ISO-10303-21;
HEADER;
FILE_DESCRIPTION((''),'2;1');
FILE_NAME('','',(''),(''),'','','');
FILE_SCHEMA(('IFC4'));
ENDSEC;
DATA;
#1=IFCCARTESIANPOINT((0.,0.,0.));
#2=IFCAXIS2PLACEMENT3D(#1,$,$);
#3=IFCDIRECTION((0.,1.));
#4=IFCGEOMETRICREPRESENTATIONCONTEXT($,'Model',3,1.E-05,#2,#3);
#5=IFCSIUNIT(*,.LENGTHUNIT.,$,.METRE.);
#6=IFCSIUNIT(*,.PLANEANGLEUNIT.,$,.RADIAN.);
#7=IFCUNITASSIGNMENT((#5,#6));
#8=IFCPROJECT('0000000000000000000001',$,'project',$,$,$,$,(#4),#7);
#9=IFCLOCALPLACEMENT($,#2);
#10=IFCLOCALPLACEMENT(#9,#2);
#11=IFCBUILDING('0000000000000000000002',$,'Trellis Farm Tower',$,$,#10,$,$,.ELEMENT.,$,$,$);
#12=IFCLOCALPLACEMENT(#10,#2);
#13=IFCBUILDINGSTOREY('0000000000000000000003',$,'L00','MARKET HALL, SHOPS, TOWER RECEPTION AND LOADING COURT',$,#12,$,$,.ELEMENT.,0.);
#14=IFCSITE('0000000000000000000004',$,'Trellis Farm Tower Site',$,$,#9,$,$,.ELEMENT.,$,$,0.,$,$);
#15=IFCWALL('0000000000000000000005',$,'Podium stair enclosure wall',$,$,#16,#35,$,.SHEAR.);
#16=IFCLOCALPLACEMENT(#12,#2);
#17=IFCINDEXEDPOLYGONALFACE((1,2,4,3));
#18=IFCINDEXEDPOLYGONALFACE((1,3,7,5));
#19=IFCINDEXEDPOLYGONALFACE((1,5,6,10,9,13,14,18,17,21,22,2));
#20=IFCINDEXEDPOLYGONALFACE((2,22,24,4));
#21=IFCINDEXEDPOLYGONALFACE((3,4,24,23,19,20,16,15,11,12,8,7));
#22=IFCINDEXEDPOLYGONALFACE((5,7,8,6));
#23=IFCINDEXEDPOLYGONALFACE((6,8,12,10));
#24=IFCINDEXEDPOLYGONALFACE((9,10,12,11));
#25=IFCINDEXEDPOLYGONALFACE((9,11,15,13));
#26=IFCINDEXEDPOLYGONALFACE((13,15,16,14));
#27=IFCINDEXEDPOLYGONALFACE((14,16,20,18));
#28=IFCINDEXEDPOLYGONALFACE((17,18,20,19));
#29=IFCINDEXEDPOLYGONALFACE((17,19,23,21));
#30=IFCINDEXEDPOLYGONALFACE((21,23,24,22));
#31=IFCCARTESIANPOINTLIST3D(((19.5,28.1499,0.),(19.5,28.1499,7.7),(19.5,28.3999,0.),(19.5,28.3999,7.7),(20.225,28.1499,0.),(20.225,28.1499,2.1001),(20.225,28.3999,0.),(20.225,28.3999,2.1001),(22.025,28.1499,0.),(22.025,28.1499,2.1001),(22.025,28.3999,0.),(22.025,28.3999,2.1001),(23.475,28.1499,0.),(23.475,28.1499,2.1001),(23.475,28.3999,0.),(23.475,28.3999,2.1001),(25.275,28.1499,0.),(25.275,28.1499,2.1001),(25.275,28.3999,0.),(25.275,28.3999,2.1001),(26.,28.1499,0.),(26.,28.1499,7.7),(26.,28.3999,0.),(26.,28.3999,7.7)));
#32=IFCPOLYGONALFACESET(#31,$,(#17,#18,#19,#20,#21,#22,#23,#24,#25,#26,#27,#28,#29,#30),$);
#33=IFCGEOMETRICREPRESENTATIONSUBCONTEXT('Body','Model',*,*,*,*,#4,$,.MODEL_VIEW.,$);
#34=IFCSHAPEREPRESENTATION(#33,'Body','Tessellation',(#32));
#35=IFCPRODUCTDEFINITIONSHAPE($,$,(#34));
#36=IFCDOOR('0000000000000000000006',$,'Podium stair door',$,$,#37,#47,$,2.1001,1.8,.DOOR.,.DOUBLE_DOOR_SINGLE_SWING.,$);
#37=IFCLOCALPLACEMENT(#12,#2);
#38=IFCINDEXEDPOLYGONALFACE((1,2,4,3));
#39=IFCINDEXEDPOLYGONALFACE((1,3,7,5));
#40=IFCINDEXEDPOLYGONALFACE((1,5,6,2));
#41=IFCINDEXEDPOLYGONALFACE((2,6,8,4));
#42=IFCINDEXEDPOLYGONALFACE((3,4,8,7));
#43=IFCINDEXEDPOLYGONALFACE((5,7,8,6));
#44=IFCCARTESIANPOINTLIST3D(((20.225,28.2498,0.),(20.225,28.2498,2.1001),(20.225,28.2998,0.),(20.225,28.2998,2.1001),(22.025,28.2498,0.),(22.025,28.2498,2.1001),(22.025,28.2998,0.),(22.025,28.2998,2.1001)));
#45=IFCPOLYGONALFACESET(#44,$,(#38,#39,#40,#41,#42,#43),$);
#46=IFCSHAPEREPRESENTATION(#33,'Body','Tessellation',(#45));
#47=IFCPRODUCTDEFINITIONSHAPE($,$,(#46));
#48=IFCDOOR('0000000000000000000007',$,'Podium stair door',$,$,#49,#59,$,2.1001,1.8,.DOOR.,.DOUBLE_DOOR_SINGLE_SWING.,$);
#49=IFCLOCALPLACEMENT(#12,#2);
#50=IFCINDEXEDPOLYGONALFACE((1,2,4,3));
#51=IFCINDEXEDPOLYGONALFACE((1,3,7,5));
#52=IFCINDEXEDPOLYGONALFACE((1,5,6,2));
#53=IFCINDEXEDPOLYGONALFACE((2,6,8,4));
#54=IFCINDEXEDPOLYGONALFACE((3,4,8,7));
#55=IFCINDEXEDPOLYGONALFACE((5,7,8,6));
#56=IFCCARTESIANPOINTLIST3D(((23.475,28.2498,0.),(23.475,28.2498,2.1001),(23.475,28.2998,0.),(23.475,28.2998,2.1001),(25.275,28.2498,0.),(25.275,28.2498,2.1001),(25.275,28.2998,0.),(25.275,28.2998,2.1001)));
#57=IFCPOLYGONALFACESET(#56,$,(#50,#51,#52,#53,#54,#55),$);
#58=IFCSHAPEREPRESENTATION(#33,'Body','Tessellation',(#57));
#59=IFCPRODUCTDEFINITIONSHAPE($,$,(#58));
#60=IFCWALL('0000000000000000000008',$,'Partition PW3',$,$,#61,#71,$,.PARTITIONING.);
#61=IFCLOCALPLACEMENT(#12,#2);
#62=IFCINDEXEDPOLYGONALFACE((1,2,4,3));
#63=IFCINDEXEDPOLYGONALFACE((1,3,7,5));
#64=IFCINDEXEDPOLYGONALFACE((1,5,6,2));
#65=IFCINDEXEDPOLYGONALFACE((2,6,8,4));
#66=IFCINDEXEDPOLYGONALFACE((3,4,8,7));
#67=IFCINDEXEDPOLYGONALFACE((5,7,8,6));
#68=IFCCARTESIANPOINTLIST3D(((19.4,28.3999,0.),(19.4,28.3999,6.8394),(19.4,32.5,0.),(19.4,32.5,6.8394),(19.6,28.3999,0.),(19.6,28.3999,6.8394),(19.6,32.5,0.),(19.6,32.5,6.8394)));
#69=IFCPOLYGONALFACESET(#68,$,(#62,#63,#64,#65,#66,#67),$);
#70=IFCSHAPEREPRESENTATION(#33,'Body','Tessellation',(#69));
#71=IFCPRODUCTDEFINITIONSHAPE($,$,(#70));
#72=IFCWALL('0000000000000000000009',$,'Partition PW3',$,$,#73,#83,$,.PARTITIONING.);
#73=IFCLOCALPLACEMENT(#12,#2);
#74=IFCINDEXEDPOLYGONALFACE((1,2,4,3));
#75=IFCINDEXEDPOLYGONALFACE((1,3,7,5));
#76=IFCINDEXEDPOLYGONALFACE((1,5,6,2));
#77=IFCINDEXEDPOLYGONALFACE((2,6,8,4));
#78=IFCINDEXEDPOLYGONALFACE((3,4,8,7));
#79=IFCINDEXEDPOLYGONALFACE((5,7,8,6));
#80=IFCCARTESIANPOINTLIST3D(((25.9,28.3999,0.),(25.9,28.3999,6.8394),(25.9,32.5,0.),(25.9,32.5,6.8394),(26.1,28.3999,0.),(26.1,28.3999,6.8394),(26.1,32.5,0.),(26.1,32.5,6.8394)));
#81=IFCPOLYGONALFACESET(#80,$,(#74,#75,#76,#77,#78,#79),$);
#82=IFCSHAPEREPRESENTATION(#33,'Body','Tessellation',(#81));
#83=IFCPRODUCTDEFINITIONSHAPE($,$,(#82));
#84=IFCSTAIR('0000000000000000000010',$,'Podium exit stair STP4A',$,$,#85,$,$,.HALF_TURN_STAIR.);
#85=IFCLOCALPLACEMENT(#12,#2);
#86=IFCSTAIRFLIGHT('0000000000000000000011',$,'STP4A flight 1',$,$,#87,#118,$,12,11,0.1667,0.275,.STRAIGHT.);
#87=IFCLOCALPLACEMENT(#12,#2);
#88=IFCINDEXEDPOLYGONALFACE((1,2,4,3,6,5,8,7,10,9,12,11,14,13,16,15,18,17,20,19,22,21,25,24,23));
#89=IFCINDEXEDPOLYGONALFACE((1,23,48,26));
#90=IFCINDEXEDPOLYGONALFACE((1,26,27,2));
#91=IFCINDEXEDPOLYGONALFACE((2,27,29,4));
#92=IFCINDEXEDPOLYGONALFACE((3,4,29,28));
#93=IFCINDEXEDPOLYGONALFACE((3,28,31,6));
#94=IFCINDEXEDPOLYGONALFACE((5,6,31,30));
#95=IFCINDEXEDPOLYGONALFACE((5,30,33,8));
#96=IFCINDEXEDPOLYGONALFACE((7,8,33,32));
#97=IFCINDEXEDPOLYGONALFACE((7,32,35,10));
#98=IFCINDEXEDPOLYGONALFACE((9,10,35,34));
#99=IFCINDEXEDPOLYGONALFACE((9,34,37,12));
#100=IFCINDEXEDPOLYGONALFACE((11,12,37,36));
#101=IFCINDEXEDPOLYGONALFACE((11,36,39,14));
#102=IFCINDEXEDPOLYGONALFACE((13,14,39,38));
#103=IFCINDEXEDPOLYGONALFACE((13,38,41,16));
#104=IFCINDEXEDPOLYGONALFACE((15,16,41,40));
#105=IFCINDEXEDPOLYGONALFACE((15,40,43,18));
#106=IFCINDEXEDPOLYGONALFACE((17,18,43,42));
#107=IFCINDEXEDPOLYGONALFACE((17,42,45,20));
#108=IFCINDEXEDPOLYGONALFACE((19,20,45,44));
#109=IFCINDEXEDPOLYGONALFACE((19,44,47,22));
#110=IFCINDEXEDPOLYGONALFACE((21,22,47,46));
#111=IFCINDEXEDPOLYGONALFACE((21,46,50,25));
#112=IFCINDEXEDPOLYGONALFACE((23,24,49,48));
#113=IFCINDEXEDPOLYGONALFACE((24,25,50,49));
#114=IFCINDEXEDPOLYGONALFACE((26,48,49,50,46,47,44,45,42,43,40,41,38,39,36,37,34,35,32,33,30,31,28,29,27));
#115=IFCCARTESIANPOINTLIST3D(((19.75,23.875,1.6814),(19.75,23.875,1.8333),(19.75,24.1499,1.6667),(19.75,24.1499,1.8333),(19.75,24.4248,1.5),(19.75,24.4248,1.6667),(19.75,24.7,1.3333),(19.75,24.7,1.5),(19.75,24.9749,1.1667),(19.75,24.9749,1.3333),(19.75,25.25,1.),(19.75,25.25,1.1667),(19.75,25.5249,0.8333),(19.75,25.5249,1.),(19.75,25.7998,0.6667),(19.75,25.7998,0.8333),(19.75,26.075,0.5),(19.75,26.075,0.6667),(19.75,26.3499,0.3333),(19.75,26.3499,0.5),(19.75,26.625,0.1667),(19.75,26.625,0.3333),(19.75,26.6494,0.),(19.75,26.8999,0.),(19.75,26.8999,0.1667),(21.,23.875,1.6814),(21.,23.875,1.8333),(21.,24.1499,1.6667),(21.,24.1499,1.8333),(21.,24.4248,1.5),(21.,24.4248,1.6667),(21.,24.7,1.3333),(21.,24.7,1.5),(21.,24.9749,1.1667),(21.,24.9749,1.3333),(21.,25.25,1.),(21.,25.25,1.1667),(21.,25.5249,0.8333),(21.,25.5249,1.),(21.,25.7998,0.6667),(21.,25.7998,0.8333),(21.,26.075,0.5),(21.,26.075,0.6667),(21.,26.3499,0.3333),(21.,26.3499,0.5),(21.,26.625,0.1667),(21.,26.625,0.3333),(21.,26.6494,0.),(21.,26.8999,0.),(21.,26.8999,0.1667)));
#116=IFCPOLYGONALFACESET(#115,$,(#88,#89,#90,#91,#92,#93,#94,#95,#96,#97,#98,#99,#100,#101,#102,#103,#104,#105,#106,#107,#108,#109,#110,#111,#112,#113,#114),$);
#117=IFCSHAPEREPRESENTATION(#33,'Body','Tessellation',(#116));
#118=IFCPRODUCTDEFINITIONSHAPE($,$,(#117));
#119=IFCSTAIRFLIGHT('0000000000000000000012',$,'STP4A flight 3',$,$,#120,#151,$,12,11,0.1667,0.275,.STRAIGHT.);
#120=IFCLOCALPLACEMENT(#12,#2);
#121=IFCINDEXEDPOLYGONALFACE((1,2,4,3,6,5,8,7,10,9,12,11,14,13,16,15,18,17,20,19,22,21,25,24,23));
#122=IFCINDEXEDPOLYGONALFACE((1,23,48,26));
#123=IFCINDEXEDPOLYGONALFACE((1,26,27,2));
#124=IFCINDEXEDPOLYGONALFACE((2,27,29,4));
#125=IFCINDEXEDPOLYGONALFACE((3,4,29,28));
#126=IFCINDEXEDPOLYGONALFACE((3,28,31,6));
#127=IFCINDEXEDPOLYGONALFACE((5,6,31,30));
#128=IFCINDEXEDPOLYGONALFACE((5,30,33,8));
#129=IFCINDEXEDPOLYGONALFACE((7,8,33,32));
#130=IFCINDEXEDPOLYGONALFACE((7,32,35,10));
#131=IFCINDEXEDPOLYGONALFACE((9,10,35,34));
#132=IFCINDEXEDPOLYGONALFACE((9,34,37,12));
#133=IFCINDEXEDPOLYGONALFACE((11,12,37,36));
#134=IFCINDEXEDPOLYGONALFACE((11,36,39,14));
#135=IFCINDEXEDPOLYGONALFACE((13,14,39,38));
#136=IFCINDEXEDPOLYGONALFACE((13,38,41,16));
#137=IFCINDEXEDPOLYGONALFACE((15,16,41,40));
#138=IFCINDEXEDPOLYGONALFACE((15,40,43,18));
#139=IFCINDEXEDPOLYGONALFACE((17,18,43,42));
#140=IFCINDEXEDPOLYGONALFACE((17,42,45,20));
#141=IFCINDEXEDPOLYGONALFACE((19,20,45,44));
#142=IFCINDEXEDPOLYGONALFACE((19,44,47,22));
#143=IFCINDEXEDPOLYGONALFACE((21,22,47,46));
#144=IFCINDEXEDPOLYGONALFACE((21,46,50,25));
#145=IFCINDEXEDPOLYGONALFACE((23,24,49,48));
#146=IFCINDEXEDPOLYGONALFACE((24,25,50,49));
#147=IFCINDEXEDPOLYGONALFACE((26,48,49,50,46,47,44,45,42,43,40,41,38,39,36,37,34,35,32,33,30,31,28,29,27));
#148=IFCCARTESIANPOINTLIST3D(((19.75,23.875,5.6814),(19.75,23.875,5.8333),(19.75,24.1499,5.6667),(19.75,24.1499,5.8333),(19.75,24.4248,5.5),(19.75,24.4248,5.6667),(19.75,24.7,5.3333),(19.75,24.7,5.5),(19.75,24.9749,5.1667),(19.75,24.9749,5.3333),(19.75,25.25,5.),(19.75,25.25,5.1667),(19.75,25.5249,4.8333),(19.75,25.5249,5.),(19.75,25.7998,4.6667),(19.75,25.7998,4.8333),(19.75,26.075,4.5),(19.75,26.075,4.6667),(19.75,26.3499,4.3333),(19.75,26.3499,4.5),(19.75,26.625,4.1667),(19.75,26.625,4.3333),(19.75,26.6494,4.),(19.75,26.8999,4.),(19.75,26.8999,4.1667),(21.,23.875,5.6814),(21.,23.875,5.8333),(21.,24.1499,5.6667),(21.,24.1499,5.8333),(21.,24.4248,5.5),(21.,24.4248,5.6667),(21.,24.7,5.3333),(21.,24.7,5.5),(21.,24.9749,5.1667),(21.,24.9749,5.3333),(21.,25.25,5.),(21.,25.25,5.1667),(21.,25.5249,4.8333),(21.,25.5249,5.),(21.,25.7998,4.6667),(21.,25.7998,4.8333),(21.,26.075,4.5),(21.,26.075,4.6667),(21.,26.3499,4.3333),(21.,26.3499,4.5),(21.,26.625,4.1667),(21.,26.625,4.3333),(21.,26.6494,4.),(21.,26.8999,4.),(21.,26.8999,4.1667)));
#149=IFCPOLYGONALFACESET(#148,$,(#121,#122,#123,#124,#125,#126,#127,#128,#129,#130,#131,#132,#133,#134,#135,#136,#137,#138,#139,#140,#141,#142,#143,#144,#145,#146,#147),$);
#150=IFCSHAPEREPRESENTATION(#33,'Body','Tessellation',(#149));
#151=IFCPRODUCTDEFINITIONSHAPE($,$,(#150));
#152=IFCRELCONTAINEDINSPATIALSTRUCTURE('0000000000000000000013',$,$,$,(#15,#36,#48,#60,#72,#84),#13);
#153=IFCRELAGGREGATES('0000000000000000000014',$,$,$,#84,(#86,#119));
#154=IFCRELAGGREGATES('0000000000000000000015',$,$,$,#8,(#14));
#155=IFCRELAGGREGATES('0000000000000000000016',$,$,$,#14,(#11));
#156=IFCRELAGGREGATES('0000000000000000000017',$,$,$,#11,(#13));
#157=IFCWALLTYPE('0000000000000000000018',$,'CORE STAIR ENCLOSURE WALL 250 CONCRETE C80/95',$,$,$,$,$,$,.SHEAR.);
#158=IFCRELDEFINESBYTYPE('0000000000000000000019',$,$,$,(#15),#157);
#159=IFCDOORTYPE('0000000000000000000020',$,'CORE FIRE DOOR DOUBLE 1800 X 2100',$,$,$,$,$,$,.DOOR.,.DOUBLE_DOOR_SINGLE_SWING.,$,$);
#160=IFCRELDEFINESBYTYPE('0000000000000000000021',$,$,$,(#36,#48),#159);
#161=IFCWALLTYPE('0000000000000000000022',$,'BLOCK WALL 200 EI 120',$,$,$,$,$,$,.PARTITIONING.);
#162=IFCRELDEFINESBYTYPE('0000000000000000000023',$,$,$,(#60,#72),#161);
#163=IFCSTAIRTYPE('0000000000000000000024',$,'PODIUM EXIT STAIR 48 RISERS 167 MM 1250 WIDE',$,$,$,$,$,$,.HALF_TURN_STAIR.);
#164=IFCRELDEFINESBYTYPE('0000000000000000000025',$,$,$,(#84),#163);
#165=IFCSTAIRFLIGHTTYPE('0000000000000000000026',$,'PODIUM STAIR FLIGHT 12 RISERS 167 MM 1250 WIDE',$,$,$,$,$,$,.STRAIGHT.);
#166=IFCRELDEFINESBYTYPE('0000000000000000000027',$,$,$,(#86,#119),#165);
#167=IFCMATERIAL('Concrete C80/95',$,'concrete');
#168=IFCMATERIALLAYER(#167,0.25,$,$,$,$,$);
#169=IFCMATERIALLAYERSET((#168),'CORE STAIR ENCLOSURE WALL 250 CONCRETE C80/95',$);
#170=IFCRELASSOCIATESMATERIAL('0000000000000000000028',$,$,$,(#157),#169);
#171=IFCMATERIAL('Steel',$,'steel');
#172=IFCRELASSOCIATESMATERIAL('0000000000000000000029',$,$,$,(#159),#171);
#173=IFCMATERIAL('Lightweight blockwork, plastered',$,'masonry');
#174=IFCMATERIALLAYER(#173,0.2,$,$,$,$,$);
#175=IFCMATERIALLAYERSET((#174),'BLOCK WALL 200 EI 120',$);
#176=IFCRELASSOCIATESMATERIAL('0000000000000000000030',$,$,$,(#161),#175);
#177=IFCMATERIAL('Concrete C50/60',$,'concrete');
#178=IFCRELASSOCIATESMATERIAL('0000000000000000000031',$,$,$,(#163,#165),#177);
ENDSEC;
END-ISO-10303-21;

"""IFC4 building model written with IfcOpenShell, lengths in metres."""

from ifc_helpers import new_model, si_unit, direction, frame, frame_2d, origin, place, context, subcontext, project, spatial, polyline, rectangle, outline, extrude, source, transform, mapped, material, layer, layer_set, type_object, element, fill, aggregate, save


model = new_model("IFC4")

# Units and contexts
model_context = context("Model", 3, precision=1e-05, world=origin(), true_north=direction((0.0, 1.0)))
body_context = subcontext(model_context, "Body", "Model", "MODEL_VIEW")
ifc_project = project(units=[si_unit("LENGTHUNIT", "METRE"), si_unit("PLANEANGLEUNIT", "RADIAN")], contexts=[model_context])

# Site, building, storey
site_placement = place(None, origin())
site = spatial("IfcSite", under=ifc_project, at=site_placement, Name="Trellis Farm Tower Site", CompositionType="ELEMENT", RefElevation=0.0)
building_placement = place(site_placement, origin())
building = spatial("IfcBuilding", under=site, at=building_placement, Name="Trellis Farm Tower", CompositionType="ELEMENT")
storey_placement = place(building_placement, origin())
storey = spatial("IfcBuildingStorey", under=building, at=storey_placement, Name="L00", Description="MARKET HALL, SHOPS, TOWER RECEPTION AND LOADING COURT", CompositionType="ELEMENT", Elevation=0.0)

# Wall, openings, doors
ifc_material_1 = material(Name="Concrete C80/95", Category="concrete")
ifc_layer_1 = layer(ifc_material_1, 0.25)
ifc_layer_set_1 = layer_set([ifc_layer_1], Name="CORE STAIR ENCLOSURE WALL 250 CONCRETE C80/95")
wall_type_1 = type_object("IfcWallType", Name="CORE STAIR ENCLOSURE WALL 250 CONCRETE C80/95", PredefinedType="SHEAR", material=ifc_layer_set_1)
shared_shape_1 = source(origin(), body_context, "Body", "SweptSolid", [
    extrude(rectangle(XDim=6.5, YDim=0.25, at=frame_2d((3.25, 0.0))), origin(), (0.0, 0.0, 1.0), 7.7),
])
wall_placement = place(storey_placement, frame((19.5, 28.2749, 0.0), z_axis=(0.0, 0.0, 1.0), x_axis=(1.0, 0.0, 0.0)))
wall = element("IfcWall", 1, at=wall_placement, inside=storey, type_object=wall_type_1, Name="Podium stair enclosure wall", PredefinedType="SHEAR", context=body_context, shape_type="MappedRepresentation", body=[
    mapped(shared_shape_1, transform((0.0, 0.0, 0.0))),
])
shared_shape_2 = source(origin(), body_context, "Body", "SweptSolid", [
    extrude(rectangle(XDim=1.8, YDim=2.1001, at=frame_2d((0.8999, 1.05))), frame((0.0, 0.135, 0.0), z_axis=(0.0, -1.0, 0.0), x_axis=(1.0, 0.0, 0.0)), (0.0, 0.0, 1.0), 0.27),
])
opening_1_placement = place(wall_placement, frame((0.7251, 0.0, 0.0)))
opening_1 = element("IfcOpeningElement", 2, at=opening_1_placement, cuts=wall, PredefinedType="OPENING", context=body_context, shape_type="MappedRepresentation", body=[
    mapped(shared_shape_2, transform((0.0, 0.0, 0.0))),
])
opening_2_placement = place(wall_placement, frame((3.9751, 0.0, 0.0)))
opening_2 = element("IfcOpeningElement", 3, at=opening_2_placement, cuts=wall, PredefinedType="OPENING", context=body_context, shape_type="MappedRepresentation", body=[
    mapped(shared_shape_2, transform((0.0, 0.0, 0.0))),
])
ifc_material_2 = material(Name="Steel", Category="steel")
door_type = type_object("IfcDoorType", Name="CORE FIRE DOOR DOUBLE 1800 X 2100", OperationType="DOUBLE_DOOR_SINGLE_SWING", PredefinedType="DOOR", material=ifc_material_2)
shared_shape_3 = source(origin(), body_context, "Body", "SweptSolid", [
    extrude(rectangle(XDim=1.8, YDim=2.1001, at=frame_2d((0.8999, 1.05))), frame((0.0, 0.0249, 0.0), z_axis=(0.0, -1.0, 0.0), x_axis=(1.0, 0.0, 0.0)), (0.0, 0.0, 1.0), 0.05),
])
door_1_placement = place(opening_1_placement, origin())
door_1 = element("IfcDoor", 4, at=door_1_placement, inside=storey, type_object=door_type, Name="Podium stair door", OperationType="DOUBLE_DOOR_SINGLE_SWING", OverallHeight=2.1001, OverallWidth=1.8, PredefinedType="DOOR", context=body_context, shape_type="MappedRepresentation", body=[
    mapped(shared_shape_3, transform((0.0, 0.0, 0.0))),
])
fill(opening_1, door_1)
door_2_placement = place(opening_2_placement, origin())
door_2 = element("IfcDoor", 5, at=door_2_placement, inside=storey, type_object=door_type, Name="Podium stair door", OperationType="DOUBLE_DOOR_SINGLE_SWING", OverallHeight=2.1001, OverallWidth=1.8, PredefinedType="DOOR", context=body_context, shape_type="MappedRepresentation", body=[
    mapped(shared_shape_3, transform((0.0, 0.0, 0.0))),
])
fill(opening_2, door_2)

# Walls
ifc_material_3 = material(Name="Lightweight blockwork, plastered", Category="masonry")
ifc_layer_2 = layer(ifc_material_3, 0.2)
ifc_layer_set_2 = layer_set([ifc_layer_2], Name="BLOCK WALL 200 EI 120")
wall_type_2 = type_object("IfcWallType", Name="BLOCK WALL 200 EI 120", PredefinedType="PARTITIONING", material=ifc_layer_set_2)
shared_shape_4 = source(origin(), body_context, "Body", "SweptSolid", [
    extrude(rectangle(XDim=4.1001, YDim=0.2, at=frame_2d((2.05, 0.0))), origin(), (0.0, 0.0, 1.0), 6.8394),
])
for number, where, z_axis, x_axis, name in (
    (6, (19.5, 28.3999, 0.0), (0.0, 0.0, 1.0), (0.0, 1.0, 0.0), "Partition PW3"),
    (7, (26.0, 28.3999, 0.0), (0.0, 0.0, 1.0), (0.0, 1.0, 0.0), "Partition PW3"),
):
    element("IfcWall", number, at=place(storey_placement, frame(where, z_axis=z_axis, x_axis=x_axis)), inside=storey, type_object=wall_type_2, Name=name, PredefinedType="PARTITIONING", context=body_context, shape_type="MappedRepresentation", body=[
        mapped(shared_shape_4, transform((0.0, 0.0, 0.0))),
    ])

# Stair, stair flights
ifc_material_4 = material(Name="Concrete C50/60", Category="concrete")
stair_type = type_object("IfcStairType", Name="PODIUM EXIT STAIR 48 RISERS 167 MM 1250 WIDE", PredefinedType="HALF_TURN_STAIR", material=ifc_material_4)
placement = place(storey_placement, origin())
stair_1 = element("IfcStair", 8, at=placement, inside=storey, type_object=stair_type, Name="Podium exit stair STP4A", PredefinedType="HALF_TURN_STAIR")
stair_flight_type = type_object("IfcStairFlightType", Name="PODIUM STAIR FLIGHT 12 RISERS 167 MM 1250 WIDE", PredefinedType="STRAIGHT", material=ifc_material_4)
shared_shape_5 = source(origin(), body_context, "Body", "SweptSolid", [
    extrude(outline(polyline([(0.0, 0.0), (0.0, 0.1667), (0.2749, 0.1667), (0.2749, 0.3333), (0.55, 0.3333), (0.55, 0.5), (0.825, 0.5), (0.825, 0.6667), (1.1001, 0.6667), (1.1001, 0.8333), (1.375, 0.8333), (1.375, 1.0), (1.6499, 1.0), (1.6499, 1.1667), (1.925, 1.1667), (1.925, 1.3333), (2.2, 1.3333), (2.2, 1.5), (2.4751, 1.5), (2.4751, 1.6667), (2.75, 1.6667), (2.75, 1.8333), (3.0249, 1.8333), (3.0249, 2.0), (3.0249, 1.6814), (0.2505, 0.0), (0.0, 0.0)])), frame((0.0, 0.625, 0.0), z_axis=(0.0, -1.0, 0.0), x_axis=(1.0, 0.0, 0.0)), (0.0, 0.0, 1.0), 1.25),
])
stair_flight_1_placement = place(storey_placement, frame((20.375, 26.8999, 0.0), z_axis=(0.0, 0.0, 1.0), x_axis=(0.0, -1.0, 0.0)))
stair_flight_1 = element("IfcStairFlight", 9, at=stair_flight_1_placement, type_object=stair_flight_type, Name="STP4A flight 1", NumberOfRisers=12, NumberOfTreads=11, PredefinedType="STRAIGHT", RiserHeight=0.1667, TreadLength=0.275, context=body_context, shape_type="MappedRepresentation", body=[
    mapped(shared_shape_5, transform((0.0, 0.0, 0.0))),
])
stair_flight_2_placement = place(storey_placement, frame((20.375, 26.8999, 4.0), z_axis=(0.0, 0.0, 1.0), x_axis=(0.0, -1.0, 0.0)))
stair_flight_2 = element("IfcStairFlight", 10, at=stair_flight_2_placement, type_object=stair_flight_type, Name="STP4A flight 3", NumberOfRisers=12, NumberOfTreads=11, PredefinedType="STRAIGHT", RiserHeight=0.1667, TreadLength=0.275, context=body_context, shape_type="MappedRepresentation", body=[
    mapped(shared_shape_5, transform((0.0, 0.0, 0.0))),
])
aggregate(stair_1, [stair_flight_1, stair_flight_2])

save(model, "model.ifc")
